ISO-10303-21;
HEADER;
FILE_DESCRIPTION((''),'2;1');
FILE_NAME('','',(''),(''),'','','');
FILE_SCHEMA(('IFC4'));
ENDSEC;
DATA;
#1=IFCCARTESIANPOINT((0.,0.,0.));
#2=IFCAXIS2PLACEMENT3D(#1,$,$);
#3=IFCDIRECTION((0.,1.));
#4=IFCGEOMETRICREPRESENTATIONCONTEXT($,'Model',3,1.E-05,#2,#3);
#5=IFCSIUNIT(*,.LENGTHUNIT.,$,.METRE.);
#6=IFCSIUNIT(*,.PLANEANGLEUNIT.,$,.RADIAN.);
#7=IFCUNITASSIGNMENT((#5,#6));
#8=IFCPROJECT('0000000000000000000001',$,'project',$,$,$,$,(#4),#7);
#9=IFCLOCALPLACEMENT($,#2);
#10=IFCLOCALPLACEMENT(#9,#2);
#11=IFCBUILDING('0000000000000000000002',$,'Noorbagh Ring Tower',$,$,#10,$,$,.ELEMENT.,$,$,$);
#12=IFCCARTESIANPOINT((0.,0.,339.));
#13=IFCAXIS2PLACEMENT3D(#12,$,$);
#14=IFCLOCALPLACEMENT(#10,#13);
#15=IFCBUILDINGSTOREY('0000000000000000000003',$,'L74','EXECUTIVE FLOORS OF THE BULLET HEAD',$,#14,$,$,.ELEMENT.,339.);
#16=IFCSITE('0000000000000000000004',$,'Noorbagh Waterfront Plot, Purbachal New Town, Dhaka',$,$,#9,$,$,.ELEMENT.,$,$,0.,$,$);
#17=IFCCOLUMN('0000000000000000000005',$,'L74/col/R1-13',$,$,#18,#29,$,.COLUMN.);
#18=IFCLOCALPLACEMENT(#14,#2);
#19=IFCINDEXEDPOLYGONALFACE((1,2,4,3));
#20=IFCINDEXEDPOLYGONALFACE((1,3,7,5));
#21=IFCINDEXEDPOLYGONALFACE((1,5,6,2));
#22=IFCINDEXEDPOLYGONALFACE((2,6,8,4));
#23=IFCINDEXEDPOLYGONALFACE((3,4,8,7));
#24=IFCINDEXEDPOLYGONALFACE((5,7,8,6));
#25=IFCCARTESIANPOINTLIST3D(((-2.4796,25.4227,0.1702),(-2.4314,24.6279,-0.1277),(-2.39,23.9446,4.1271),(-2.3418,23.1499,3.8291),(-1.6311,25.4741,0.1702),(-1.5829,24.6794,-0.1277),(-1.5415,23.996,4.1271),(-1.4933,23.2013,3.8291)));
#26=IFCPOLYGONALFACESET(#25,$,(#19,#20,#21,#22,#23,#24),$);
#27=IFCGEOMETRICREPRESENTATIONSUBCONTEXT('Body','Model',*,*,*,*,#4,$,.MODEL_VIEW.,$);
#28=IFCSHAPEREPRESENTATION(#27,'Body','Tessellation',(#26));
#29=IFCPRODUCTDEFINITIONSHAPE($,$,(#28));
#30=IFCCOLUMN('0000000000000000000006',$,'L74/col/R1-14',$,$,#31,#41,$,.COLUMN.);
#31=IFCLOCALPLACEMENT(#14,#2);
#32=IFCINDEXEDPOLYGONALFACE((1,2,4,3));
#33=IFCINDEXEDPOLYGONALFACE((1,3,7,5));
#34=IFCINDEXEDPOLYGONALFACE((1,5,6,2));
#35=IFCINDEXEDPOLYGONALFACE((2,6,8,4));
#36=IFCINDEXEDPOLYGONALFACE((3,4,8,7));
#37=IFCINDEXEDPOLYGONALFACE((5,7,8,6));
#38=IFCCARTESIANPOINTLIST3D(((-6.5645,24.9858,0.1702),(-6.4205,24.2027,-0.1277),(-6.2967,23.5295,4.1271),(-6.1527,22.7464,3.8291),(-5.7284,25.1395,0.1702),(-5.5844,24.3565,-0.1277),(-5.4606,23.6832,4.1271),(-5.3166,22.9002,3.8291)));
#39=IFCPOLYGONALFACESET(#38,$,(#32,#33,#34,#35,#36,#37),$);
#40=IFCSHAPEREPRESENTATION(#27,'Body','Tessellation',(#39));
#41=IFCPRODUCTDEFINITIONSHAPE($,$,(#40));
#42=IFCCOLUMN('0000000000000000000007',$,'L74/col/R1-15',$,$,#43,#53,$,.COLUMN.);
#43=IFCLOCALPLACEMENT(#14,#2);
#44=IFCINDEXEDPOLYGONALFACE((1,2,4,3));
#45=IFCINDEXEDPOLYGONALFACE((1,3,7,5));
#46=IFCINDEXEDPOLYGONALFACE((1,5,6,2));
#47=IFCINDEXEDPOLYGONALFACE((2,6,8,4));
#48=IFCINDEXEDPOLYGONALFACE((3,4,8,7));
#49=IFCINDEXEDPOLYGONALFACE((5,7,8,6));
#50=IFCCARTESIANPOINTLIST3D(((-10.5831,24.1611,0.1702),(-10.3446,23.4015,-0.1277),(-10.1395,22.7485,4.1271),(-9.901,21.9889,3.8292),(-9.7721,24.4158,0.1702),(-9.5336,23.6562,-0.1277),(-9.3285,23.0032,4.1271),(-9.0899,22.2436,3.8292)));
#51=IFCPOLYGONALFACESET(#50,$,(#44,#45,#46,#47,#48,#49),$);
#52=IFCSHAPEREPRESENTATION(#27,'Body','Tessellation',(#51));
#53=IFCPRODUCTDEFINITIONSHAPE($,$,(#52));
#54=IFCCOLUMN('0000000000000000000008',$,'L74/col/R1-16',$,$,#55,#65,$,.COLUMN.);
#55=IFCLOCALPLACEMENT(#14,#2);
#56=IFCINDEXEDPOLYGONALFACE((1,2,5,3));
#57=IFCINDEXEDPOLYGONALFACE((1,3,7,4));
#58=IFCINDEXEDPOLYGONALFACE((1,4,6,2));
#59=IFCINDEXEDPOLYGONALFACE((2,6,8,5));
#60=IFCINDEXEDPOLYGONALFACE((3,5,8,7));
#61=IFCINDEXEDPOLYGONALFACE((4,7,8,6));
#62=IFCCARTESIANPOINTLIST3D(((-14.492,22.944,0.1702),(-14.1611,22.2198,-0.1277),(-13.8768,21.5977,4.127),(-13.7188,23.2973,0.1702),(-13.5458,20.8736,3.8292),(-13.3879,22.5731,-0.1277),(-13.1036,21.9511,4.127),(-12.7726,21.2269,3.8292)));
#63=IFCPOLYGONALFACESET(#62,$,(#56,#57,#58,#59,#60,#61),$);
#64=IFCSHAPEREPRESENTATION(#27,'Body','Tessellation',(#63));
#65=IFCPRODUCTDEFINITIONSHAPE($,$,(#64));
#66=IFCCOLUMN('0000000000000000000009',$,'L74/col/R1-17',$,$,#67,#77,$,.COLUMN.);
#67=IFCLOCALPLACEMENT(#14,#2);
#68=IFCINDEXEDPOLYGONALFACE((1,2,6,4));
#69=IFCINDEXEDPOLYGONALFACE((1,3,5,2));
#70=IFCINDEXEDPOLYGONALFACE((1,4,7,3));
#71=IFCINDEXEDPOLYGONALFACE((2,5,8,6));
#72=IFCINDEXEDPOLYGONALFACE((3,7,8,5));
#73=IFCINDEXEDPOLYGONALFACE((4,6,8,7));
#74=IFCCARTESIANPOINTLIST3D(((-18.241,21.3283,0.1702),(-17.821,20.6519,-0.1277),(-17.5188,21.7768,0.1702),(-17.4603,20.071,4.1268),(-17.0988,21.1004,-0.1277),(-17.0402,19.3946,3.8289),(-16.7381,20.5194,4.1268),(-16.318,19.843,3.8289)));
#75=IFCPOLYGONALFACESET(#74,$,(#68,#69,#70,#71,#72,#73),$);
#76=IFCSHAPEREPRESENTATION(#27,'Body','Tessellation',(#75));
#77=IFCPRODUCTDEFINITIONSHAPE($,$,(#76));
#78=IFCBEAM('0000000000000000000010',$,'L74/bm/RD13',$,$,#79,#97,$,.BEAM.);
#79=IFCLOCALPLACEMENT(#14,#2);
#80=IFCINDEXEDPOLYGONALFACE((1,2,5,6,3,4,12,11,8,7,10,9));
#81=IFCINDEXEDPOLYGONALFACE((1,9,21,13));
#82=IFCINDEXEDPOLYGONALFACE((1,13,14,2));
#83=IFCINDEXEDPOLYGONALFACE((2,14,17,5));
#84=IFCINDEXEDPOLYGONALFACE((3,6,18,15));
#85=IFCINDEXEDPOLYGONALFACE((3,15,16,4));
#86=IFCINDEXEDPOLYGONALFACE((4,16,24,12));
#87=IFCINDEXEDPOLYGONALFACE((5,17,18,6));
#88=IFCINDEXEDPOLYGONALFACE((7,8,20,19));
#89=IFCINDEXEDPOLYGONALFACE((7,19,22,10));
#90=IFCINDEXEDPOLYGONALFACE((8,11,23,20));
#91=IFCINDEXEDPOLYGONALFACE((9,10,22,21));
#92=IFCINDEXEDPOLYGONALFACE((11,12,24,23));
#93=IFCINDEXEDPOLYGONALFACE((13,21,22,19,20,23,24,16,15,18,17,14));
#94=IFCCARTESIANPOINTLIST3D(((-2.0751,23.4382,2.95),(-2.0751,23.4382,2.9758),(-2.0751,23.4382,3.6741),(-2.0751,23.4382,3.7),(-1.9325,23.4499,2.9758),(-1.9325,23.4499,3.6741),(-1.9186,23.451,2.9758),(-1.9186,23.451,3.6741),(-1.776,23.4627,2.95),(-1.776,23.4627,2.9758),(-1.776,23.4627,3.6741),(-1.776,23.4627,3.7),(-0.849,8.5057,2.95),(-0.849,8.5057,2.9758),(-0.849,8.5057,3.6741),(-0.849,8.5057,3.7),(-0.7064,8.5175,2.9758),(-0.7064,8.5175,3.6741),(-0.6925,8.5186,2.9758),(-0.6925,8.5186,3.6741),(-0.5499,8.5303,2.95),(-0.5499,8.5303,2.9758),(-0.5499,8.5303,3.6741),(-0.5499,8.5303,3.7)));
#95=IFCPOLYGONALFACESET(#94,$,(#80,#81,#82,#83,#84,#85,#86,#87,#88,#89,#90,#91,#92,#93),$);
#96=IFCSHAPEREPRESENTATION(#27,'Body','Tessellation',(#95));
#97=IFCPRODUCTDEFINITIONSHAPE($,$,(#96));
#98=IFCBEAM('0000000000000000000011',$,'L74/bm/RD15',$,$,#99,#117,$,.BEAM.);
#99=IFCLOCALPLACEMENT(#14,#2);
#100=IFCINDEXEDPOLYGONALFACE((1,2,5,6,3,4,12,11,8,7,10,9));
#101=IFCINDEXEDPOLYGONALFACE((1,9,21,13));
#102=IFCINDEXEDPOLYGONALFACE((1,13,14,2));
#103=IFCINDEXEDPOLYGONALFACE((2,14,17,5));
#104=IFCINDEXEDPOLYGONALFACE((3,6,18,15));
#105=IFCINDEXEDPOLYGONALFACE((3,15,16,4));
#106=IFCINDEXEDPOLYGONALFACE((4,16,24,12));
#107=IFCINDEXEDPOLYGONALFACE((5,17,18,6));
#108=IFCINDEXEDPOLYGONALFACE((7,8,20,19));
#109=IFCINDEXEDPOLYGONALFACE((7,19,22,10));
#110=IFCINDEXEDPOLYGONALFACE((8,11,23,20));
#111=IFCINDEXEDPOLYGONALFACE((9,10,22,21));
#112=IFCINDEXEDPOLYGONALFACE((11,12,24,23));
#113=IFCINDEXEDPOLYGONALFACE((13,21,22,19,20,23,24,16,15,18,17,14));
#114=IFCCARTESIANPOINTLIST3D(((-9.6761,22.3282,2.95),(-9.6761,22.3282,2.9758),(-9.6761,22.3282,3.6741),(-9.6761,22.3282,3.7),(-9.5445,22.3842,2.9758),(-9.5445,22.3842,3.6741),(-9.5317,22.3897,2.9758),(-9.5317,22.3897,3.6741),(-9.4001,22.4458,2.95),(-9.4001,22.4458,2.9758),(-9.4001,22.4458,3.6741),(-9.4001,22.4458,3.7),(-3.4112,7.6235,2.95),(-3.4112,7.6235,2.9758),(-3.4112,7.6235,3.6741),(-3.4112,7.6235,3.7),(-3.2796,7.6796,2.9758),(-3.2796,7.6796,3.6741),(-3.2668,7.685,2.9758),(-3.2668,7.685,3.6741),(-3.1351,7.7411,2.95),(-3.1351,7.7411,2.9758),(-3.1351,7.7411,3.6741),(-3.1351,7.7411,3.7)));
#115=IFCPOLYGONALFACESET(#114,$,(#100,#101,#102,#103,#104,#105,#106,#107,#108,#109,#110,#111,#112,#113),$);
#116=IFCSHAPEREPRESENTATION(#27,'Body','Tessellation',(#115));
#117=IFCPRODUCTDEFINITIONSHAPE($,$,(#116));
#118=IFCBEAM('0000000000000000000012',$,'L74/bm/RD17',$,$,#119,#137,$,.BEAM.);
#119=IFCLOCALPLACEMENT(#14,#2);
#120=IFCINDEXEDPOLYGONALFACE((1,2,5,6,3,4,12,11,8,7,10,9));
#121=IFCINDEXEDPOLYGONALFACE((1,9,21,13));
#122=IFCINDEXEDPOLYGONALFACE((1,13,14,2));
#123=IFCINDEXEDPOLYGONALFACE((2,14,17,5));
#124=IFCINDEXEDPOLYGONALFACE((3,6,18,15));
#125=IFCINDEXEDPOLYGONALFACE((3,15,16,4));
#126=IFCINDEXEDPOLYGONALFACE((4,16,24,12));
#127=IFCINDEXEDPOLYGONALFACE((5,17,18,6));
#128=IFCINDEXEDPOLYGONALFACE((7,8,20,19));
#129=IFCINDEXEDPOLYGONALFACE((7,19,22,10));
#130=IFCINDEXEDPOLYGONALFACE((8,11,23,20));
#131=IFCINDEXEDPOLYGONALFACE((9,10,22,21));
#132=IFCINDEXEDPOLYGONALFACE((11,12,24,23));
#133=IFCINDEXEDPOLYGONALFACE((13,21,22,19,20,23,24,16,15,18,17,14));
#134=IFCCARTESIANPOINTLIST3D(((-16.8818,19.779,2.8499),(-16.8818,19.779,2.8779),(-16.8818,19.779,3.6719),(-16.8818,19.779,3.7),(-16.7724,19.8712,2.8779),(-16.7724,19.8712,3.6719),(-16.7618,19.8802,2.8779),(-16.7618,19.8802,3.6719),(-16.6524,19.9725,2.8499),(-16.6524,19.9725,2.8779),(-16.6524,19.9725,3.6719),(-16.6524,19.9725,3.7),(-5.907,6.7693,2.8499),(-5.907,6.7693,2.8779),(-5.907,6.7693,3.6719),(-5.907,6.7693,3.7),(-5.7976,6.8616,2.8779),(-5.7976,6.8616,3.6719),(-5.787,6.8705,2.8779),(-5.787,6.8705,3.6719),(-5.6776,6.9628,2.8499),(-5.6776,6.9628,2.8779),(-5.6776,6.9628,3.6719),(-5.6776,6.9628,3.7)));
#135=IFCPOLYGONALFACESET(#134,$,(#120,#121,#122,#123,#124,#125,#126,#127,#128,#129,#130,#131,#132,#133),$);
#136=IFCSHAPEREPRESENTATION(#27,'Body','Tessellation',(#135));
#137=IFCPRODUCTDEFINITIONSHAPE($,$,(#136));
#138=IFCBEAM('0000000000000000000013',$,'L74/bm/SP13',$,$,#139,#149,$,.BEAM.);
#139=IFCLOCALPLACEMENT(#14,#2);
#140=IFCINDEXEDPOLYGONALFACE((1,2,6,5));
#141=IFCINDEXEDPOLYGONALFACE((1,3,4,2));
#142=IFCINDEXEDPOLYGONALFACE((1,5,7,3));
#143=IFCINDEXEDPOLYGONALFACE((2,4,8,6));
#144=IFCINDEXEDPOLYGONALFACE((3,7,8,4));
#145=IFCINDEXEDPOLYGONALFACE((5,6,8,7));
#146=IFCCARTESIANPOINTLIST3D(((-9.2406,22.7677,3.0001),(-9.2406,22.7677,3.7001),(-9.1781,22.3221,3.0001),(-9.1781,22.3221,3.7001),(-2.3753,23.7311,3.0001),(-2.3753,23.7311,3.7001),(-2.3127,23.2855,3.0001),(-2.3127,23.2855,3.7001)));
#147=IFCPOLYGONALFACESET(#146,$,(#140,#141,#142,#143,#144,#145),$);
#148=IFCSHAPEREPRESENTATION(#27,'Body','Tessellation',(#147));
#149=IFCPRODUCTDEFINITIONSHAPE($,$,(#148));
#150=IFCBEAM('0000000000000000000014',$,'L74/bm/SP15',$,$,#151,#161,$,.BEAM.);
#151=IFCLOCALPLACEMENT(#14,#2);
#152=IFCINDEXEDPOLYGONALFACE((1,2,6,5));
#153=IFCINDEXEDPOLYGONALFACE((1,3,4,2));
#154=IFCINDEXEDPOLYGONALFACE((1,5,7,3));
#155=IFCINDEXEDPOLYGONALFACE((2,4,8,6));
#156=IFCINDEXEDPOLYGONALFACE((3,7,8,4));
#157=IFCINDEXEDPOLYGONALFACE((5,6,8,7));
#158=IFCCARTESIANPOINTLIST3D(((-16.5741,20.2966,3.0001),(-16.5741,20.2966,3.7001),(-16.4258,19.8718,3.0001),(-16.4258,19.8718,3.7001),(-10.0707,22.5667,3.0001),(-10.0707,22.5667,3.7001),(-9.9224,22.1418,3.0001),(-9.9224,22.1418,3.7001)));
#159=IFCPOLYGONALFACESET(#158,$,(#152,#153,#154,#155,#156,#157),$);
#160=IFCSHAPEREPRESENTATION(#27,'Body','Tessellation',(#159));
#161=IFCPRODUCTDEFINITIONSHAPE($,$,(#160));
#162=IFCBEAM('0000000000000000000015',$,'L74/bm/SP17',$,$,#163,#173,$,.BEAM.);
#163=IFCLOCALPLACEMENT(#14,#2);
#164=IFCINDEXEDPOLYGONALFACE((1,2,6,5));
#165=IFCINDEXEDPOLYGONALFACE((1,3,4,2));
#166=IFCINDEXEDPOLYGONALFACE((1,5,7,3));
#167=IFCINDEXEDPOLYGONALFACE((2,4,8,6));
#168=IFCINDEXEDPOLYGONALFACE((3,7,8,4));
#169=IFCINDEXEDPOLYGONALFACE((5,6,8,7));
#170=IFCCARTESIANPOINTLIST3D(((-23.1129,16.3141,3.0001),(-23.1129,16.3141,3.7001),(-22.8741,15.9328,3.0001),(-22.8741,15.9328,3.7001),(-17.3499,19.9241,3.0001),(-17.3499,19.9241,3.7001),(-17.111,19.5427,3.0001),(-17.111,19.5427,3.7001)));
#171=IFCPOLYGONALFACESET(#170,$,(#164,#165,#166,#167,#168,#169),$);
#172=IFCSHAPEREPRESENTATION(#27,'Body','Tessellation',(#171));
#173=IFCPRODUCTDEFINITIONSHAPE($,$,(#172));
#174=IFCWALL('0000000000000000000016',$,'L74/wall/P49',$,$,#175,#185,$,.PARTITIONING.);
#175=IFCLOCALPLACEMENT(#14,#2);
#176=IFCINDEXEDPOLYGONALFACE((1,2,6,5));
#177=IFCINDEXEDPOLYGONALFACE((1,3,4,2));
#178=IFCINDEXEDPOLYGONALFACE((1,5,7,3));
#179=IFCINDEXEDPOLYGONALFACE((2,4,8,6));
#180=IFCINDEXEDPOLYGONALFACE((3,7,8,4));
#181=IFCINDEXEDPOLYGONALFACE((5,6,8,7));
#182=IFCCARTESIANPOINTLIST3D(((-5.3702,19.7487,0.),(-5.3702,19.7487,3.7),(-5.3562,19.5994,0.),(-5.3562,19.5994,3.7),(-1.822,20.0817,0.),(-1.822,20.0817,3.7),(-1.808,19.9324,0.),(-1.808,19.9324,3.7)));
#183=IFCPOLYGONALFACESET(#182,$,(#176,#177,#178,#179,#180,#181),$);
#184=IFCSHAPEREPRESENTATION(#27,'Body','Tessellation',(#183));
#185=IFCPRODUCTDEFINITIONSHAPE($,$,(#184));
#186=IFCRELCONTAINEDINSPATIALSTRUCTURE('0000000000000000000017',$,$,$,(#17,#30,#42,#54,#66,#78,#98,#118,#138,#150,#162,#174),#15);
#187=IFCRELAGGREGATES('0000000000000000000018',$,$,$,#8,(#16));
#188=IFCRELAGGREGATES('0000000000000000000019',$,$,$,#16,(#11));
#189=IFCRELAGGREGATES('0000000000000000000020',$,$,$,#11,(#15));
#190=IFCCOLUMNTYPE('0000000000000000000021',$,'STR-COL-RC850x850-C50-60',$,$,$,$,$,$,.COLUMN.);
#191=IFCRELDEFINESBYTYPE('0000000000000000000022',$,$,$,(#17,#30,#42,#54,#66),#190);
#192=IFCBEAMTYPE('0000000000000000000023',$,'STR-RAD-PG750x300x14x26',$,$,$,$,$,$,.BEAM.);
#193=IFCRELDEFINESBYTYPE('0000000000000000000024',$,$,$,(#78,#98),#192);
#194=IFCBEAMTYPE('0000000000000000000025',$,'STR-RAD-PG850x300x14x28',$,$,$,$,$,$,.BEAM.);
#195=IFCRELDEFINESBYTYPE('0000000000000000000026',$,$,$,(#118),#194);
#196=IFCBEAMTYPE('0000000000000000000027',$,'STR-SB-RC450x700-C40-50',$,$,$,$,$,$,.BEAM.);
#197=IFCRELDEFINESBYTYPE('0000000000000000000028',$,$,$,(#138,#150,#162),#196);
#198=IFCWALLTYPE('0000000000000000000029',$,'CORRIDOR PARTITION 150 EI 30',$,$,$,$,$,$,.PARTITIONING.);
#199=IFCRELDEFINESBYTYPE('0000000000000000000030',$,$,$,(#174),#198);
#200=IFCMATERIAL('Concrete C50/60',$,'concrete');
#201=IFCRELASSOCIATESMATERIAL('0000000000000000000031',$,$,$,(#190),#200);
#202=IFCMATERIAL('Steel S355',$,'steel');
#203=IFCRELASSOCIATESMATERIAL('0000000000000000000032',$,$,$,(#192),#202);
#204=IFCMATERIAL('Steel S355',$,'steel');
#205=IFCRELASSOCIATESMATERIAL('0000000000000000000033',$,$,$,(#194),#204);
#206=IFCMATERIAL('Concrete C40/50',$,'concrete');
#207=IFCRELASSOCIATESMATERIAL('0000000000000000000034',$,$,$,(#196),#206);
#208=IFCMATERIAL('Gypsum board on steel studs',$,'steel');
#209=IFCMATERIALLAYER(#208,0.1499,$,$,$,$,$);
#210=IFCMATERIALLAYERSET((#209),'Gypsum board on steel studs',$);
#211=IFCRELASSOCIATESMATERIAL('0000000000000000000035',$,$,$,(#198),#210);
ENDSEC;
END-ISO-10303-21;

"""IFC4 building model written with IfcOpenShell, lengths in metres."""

from ifc_helpers import new_model, si_unit, direction, frame, frame_2d, origin, origin_2d, place, context, subcontext, project, spatial, rectangle, i_section, extrude, material, layer, layer_set, material_profile, profile_set, type_object, element, save


model = new_model("IFC4")

# Units and contexts
model_context = context("Model", 3, precision=1e-05, world=origin(), true_north=direction((0.0, 1.0)))
body_context = subcontext(model_context, "Body", "Model", "MODEL_VIEW")
ifc_project = project(units=[si_unit("LENGTHUNIT", "METRE"), si_unit("PLANEANGLEUNIT", "RADIAN")], contexts=[model_context])

# Site, building, storey
site_placement = place(None, origin())
site = spatial("IfcSite", under=ifc_project, at=site_placement, Name="Noorbagh Waterfront Plot, Purbachal New Town, Dhaka", CompositionType="ELEMENT", RefElevation=0.0)
building_placement = place(site_placement, origin())
building = spatial("IfcBuilding", under=site, at=building_placement, Name="Noorbagh Ring Tower", CompositionType="ELEMENT")
storey_placement = place(building_placement, frame((0.0, 0.0, 339.0)))
storey = spatial("IfcBuildingStorey", under=building, at=storey_placement, Name="L74", Description="EXECUTIVE FLOORS OF THE BULLET HEAD", CompositionType="ELEMENT", Elevation=339.0)

# Columns
ifc_material_1 = material(Name="Concrete C50/60", Category="concrete")
ifc_material_profile_1 = material_profile(ifc_material_1, rectangle(XDim=0.8501, YDim=0.8501, at=origin_2d()), Name="RC850x850")
ifc_profile_set_1 = profile_set([ifc_material_profile_1], Name="Concrete C50/60")
column_type = type_object("IfcColumnType", Name="STR-COL-RC850x850-C50-60", PredefinedType="COLUMN", material=ifc_profile_set_1)
for number, where, z_axis, x_axis, name in (
    (1, (-2.0312, 25.051, 0.0212), (0.021208, -0.349847, 0.936567), (0.998168, 0.06051, 0.0), "L74/col/R1-13"),
    (2, (-6.0745, 24.6711, 0.0212), (0.063393, -0.344705, 0.936568), (0.983506, 0.180873, 0.0), "L74/col/R1-14"),
    (3, (-10.0583, 23.9087, 0.0212), (0.105002, -0.334364, 0.936577), (0.954062, 0.299608, 0.0), "L74/col/R1-15"),
):
    element("IfcColumn", number, at=place(storey_placement, frame(where, z_axis=z_axis, x_axis=x_axis)), inside=storey, type_object=column_type, Name=name, PredefinedType="COLUMN", context=body_context, shape_type="SweptSolid", body=[
        extrude(rectangle(XDim=0.8501, YDim=0.8501, at=origin_2d()), origin(), (0.0, 0.0, 1.0), 4.2249),
    ])
column_1_placement = place(storey_placement, frame((-13.9399, 22.7585, 0.0212), z_axis=(0.145633, -0.318658, 0.936615), x_axis=(0.909517, 0.415666, 0.0)))
element("IfcColumn", 4, at=column_1_placement, inside=storey, type_object=column_type, Name="L74/col/R1-16", PredefinedType="COLUMN", context=body_context, shape_type="SweptSolid", body=[
    extrude(rectangle(XDim=0.8501, YDim=0.8501, at=origin_2d()), origin(), (0.0, 0.0, 1.0), 4.2246),
])
column_2_placement = place(storey_placement, frame((-17.6699, 21.2144, 0.0212), z_axis=(0.184826, -0.297641, 0.936616), x_axis=(0.849533, 0.527535, 0.0)))
element("IfcColumn", 5, at=column_2_placement, inside=storey, type_object=column_type, Name="L74/col/R1-17", PredefinedType="COLUMN", context=body_context, shape_type="SweptSolid", body=[
    extrude(rectangle(XDim=0.8501, YDim=0.8501, at=origin_2d()), origin(), (0.0, 0.0, 1.0), 4.2244),
])

# Beams
ifc_material_2 = material(Name="Steel S355", Category="steel")
ifc_material_profile_2 = material_profile(ifc_material_2, i_section(OverallWidth=0.3, OverallDepth=0.75, WebThickness=0.0139, FlangeThickness=0.0259, at=origin_2d()), Name="PG750x300x14x26")
ifc_profile_set_2 = profile_set([ifc_material_profile_2], Name="Steel S355")
beam_type_1 = type_object("IfcBeamType", Name="STR-RAD-PG750x300x14x26", PredefinedType="BEAM", material=ifc_profile_set_2)
beam_1_placement = place(storey_placement, frame((-1.9255, 23.4504, 3.325), z_axis=(0.081833, -0.996646, 0.0), x_axis=(0.996646, 0.081833, 0.0)))
element("IfcBeam", 6, at=beam_1_placement, inside=storey, type_object=beam_type_1, Name="L74/bm/RD13", PredefinedType="BEAM", context=body_context, shape_type="SweptSolid", body=[
    extrude(i_section(OverallWidth=0.3, OverallDepth=0.75, WebThickness=0.0139, FlangeThickness=0.0259, at=origin_2d()), origin(), (0.0, 0.0, 1.0), 14.9827),
])
beam_2_placement = place(storey_placement, frame((-9.5381, 22.387, 3.325), z_axis=(0.391959, -0.919983, 0.0), x_axis=(0.919983, 0.391959, 0.0)))
element("IfcBeam", 7, at=beam_2_placement, inside=storey, type_object=beam_type_1, Name="L74/bm/RD15", PredefinedType="BEAM", context=body_context, shape_type="SweptSolid", body=[
    extrude(i_section(OverallWidth=0.3, OverallDepth=0.75, WebThickness=0.0139, FlangeThickness=0.0259, at=origin_2d()), origin(), (0.0, 0.0, 1.0), 15.9836),
])
ifc_material_3 = material(Name="Steel S355", Category="steel")
ifc_material_profile_3 = material_profile(ifc_material_3, i_section(OverallWidth=0.3, OverallDepth=0.8501, WebThickness=0.0139, FlangeThickness=0.0281, at=origin_2d()), Name="PG850x300x14x28")
ifc_profile_set_3 = profile_set([ifc_material_profile_3], Name="Steel S355")
beam_type_2 = type_object("IfcBeamType", Name="STR-RAD-PG850x300x14x28", PredefinedType="BEAM", material=ifc_profile_set_3)
beam_3_placement = place(storey_placement, frame((-16.7671, 19.8757, 3.2749), z_axis=(0.644798, -0.764353, 0.0), x_axis=(0.764353, 0.644798, 0.0)))
element("IfcBeam", 8, at=beam_3_placement, inside=storey, type_object=beam_type_2, Name="L74/bm/RD17", PredefinedType="BEAM", context=body_context, shape_type="SweptSolid", body=[
    extrude(i_section(OverallWidth=0.3, OverallDepth=0.8501, WebThickness=0.0139, FlangeThickness=0.0281, at=origin_2d()), origin(), (0.0, 0.0, 1.0), 17.0205),
])
ifc_material_4 = material(Name="Concrete C40/50", Category="concrete")
ifc_material_profile_4 = material_profile(ifc_material_4, rectangle(XDim=0.45, YDim=0.7, at=origin_2d()), Name="RC450x700")
ifc_profile_set_4 = profile_set([ifc_material_profile_4], Name="Concrete C40/50")
beam_type_3 = type_object("IfcBeamType", Name="STR-SB-RC450x700-C40-50", PredefinedType="BEAM", material=ifc_profile_set_4)
beam_4_placement = place(storey_placement, frame((-2.344, 23.5083, 3.3501), z_axis=(-0.990297, -0.138966, 0.0), x_axis=(0.138966, -0.990297, 0.0)))
element("IfcBeam", 9, at=beam_4_placement, inside=storey, type_object=beam_type_3, Name="L74/bm/SP13", PredefinedType="BEAM", context=body_context, shape_type="SweptSolid", body=[
    extrude(rectangle(XDim=0.45, YDim=0.7, at=origin_2d()), origin(), (0.0, 0.0, 1.0), 6.9326),
])
beam_5_placement = place(storey_placement, frame((-9.9966, 22.3542, 3.3501), z_axis=(-0.944138, -0.329551, 0.0), x_axis=(0.329551, -0.944138, 0.0)))
element("IfcBeam", 10, at=beam_5_placement, inside=storey, type_object=beam_type_3, Name="L74/bm/SP15", PredefinedType="BEAM", context=body_context, shape_type="SweptSolid", body=[
    extrude(rectangle(XDim=0.45, YDim=0.7, at=origin_2d()), origin(), (0.0, 0.0, 1.0), 6.8882),
])
beam_6_placement = place(storey_placement, frame((-17.2305, 19.7334, 3.3501), z_axis=(-0.847467, -0.530847, 0.0), x_axis=(0.530847, -0.847467, 0.0)))
element("IfcBeam", 11, at=beam_6_placement, inside=storey, type_object=beam_type_3, Name="L74/bm/SP17", PredefinedType="BEAM", context=body_context, shape_type="SweptSolid", body=[
    extrude(rectangle(XDim=0.45, YDim=0.7, at=origin_2d()), origin(), (0.0, 0.0, 1.0), 6.8003),
])

# Wall
ifc_material_5 = material(Name="Gypsum board on steel studs", Category="steel")
ifc_layer_1 = layer(ifc_material_5, 0.1499)
ifc_layer_set_1 = layer_set([ifc_layer_1], Name="Gypsum board on steel studs")
wall_type_1 = type_object("IfcWallType", Name="CORRIDOR PARTITION 150 EI 30", PredefinedType="PARTITIONING", material=ifc_layer_set_1)
wall_1_placement = place(storey_placement, frame((-5.363, 19.6741, 0.0), z_axis=(0.0, 0.0, 1.0), x_axis=(0.995624, 0.093445, 0.0)))
element("IfcWall", 12, at=wall_1_placement, inside=storey, type_object=wall_type_1, Name="L74/wall/P49", PredefinedType="PARTITIONING", context=body_context, shape_type="SweptSolid", body=[
    extrude(rectangle(XDim=3.5637, YDim=0.1499, at=frame_2d((1.7817, 0.0))), origin(), (0.0, 0.0, 1.0), 3.7),
])

save(model, "model.ifc")
